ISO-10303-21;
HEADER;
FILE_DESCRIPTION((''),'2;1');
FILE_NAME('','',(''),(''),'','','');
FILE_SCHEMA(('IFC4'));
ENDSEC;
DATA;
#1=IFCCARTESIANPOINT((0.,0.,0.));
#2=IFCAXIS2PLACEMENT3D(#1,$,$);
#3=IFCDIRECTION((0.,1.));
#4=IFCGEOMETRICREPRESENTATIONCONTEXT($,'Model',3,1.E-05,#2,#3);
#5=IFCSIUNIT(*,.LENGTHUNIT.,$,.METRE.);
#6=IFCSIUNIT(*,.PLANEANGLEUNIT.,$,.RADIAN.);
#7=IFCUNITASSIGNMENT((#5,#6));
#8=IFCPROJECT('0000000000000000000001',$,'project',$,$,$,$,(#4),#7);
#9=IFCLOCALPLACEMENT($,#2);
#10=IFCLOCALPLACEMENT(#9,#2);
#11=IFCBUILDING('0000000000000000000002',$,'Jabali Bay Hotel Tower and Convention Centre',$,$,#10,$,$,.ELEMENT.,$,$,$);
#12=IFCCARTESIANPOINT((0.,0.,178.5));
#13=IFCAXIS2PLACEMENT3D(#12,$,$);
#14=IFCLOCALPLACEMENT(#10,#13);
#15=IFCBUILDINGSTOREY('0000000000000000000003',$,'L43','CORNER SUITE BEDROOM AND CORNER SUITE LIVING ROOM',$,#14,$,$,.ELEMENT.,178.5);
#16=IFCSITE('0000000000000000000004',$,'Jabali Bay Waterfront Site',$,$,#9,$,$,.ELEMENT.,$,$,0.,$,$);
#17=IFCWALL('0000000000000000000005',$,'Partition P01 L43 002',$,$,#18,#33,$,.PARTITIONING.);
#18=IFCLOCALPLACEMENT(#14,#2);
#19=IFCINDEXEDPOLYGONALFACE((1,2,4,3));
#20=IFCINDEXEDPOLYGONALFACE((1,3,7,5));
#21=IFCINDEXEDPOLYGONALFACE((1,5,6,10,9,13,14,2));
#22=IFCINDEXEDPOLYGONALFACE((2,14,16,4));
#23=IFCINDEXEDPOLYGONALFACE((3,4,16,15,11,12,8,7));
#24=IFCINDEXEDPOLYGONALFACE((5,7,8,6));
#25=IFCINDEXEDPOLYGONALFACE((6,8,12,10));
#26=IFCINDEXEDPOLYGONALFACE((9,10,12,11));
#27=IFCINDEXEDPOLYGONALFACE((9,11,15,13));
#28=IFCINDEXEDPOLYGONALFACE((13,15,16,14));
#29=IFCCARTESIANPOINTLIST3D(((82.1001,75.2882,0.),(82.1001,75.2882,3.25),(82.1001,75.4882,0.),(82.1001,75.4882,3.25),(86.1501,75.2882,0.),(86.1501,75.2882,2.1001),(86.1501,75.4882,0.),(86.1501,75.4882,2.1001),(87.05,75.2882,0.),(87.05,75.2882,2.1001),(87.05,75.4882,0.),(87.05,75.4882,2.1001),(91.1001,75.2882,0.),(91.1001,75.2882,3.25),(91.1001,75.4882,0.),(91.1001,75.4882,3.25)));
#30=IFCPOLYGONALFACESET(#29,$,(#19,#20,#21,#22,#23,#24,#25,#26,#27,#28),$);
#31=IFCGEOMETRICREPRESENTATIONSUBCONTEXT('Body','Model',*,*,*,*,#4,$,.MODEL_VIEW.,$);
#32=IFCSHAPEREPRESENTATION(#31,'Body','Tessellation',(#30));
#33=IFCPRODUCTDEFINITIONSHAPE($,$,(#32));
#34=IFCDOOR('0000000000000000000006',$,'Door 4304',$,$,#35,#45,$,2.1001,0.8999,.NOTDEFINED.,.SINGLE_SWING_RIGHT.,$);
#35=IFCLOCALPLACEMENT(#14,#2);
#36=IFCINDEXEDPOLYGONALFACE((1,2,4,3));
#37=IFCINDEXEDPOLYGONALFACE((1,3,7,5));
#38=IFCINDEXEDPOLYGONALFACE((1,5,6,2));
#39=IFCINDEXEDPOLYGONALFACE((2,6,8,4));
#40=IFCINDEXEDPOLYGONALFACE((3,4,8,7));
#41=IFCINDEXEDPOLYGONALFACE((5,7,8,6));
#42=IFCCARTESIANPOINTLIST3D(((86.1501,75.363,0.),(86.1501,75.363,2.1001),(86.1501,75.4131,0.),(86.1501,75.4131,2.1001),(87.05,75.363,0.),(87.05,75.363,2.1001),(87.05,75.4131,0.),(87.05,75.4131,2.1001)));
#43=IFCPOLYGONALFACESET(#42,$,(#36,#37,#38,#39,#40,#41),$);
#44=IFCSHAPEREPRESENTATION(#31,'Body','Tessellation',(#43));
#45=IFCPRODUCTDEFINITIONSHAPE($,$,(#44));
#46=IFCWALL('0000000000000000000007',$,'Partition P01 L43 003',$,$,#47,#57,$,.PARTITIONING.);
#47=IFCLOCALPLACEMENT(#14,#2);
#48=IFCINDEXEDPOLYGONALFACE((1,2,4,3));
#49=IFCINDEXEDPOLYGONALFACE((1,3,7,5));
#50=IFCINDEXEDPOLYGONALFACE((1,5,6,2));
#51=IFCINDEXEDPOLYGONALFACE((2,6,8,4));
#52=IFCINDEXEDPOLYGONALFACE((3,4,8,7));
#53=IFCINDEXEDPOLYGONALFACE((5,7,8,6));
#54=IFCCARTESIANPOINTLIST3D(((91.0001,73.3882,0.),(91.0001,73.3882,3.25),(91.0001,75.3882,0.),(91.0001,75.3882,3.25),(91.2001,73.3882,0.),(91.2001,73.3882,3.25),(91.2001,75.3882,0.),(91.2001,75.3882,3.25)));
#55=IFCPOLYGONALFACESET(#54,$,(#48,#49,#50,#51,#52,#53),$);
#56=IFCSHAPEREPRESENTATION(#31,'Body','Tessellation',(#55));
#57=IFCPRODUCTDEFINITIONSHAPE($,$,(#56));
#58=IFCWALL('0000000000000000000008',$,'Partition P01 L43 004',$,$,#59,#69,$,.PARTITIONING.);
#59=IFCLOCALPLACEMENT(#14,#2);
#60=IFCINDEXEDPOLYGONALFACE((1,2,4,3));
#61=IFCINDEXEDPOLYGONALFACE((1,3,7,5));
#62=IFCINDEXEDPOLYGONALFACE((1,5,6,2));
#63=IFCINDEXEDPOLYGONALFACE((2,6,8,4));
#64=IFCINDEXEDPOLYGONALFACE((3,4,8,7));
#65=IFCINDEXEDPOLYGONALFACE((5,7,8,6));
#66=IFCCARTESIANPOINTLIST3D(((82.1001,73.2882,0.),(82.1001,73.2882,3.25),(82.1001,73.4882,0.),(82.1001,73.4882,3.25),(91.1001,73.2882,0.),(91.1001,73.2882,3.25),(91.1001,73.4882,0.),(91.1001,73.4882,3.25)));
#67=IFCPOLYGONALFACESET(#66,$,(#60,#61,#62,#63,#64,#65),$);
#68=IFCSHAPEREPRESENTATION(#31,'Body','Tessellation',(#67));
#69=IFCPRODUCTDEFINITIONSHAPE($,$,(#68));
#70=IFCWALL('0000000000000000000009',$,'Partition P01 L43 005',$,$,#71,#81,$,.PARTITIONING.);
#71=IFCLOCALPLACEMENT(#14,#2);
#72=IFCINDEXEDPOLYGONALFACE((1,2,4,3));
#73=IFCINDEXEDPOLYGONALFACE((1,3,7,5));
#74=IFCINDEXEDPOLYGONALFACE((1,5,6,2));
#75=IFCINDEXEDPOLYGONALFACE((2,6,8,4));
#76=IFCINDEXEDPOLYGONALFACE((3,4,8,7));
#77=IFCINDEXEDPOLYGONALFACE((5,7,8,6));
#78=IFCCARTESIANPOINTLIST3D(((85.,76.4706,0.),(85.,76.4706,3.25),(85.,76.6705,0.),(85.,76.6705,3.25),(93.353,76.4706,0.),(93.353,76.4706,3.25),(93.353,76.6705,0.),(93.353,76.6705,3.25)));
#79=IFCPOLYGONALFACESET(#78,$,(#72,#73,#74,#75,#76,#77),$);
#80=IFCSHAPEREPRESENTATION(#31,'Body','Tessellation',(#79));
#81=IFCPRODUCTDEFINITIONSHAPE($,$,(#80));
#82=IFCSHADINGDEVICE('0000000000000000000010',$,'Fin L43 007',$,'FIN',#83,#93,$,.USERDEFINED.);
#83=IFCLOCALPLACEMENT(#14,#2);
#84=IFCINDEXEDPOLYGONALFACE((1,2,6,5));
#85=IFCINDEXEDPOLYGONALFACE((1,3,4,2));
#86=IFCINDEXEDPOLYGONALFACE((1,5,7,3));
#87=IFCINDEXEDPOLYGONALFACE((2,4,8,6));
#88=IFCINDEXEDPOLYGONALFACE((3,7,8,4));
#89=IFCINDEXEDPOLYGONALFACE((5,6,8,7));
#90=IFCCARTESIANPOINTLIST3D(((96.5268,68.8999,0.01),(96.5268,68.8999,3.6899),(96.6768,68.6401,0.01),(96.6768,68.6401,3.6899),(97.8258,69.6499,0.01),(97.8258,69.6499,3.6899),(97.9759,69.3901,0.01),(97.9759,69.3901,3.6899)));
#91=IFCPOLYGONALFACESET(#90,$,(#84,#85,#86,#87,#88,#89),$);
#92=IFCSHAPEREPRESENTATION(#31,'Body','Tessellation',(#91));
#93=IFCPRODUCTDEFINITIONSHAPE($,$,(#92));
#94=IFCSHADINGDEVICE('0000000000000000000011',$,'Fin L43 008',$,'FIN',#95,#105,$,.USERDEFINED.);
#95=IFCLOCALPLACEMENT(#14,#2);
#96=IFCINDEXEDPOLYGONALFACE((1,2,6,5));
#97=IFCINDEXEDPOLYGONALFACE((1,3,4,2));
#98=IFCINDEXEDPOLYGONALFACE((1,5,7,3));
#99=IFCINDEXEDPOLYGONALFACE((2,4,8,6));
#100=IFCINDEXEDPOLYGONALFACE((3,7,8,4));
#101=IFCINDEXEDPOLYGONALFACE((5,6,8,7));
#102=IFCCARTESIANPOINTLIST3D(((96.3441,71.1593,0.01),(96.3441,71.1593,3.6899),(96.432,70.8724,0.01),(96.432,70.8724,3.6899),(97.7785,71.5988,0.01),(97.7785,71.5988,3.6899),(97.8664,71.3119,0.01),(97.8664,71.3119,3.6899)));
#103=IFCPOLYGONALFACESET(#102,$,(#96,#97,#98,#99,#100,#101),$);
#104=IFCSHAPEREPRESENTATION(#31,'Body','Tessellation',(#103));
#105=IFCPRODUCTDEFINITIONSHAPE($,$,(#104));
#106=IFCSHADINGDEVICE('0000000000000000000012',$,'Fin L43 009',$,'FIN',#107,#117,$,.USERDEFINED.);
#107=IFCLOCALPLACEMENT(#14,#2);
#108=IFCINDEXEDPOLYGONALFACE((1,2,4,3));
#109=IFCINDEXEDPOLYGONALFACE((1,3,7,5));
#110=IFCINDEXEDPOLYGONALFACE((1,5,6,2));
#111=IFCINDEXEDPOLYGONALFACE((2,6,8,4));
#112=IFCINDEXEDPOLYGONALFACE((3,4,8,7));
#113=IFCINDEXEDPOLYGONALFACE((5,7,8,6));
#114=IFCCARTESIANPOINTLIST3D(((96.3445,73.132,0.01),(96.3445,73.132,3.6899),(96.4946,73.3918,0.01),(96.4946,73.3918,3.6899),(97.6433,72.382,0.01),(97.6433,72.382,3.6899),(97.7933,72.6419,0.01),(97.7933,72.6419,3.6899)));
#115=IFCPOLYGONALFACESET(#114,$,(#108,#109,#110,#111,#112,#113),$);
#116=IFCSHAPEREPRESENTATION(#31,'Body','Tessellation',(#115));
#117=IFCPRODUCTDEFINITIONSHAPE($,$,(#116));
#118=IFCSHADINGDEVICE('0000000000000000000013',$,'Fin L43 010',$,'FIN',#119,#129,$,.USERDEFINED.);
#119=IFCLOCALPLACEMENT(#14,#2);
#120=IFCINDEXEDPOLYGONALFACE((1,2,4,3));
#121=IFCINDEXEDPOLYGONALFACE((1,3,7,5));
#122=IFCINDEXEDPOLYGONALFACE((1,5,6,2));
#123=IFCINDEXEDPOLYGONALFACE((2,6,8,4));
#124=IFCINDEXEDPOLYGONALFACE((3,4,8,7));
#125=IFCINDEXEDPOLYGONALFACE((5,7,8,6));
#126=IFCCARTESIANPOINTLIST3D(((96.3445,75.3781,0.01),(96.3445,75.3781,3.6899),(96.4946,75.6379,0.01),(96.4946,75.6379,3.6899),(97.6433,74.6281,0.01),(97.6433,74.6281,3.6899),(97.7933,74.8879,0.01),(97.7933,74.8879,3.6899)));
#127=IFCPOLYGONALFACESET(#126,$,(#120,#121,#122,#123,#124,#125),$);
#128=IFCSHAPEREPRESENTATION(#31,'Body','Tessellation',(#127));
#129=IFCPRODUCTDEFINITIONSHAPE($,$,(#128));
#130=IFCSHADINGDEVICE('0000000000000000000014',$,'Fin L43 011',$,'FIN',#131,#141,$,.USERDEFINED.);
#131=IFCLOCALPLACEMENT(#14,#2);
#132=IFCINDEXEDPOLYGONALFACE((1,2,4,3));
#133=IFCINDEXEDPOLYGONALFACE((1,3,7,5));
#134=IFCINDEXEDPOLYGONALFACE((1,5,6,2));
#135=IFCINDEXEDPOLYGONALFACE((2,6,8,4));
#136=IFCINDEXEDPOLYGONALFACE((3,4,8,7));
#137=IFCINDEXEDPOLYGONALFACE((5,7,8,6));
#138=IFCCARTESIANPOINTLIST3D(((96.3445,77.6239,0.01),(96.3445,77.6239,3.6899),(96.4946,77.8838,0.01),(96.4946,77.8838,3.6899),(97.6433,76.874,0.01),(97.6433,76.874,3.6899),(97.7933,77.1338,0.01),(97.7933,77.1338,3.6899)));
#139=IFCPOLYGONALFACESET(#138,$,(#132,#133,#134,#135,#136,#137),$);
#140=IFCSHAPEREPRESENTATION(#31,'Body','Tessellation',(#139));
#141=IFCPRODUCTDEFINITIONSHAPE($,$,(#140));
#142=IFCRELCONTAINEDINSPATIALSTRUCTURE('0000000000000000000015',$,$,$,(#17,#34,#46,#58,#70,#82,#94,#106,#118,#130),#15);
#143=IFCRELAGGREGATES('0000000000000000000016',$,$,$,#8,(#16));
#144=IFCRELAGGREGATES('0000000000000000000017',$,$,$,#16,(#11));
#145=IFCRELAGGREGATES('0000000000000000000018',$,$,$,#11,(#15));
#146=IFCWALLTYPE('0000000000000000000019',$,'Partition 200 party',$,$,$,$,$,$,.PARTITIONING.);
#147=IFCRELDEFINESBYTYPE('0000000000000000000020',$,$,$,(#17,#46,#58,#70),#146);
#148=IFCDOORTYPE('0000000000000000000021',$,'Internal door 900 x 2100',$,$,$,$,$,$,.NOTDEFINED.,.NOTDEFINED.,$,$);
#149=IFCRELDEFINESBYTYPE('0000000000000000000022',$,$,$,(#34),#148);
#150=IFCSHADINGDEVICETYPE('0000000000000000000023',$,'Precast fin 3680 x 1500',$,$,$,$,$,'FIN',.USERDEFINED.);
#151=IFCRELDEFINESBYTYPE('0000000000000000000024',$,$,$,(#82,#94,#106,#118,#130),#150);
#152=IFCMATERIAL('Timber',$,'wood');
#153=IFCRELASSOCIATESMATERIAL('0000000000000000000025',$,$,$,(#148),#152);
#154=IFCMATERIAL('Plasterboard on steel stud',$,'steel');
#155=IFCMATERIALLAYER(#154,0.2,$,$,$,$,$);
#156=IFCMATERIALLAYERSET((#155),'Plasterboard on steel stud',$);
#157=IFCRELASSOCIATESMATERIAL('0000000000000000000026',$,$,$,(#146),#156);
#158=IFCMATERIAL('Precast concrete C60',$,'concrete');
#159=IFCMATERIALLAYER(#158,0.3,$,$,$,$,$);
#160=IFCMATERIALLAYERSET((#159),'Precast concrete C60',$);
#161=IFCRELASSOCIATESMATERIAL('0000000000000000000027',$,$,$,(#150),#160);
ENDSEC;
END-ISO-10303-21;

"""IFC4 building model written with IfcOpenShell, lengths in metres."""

from ifc_helpers import new_model, si_unit, direction, frame, frame_2d, origin, place, context, subcontext, project, spatial, rectangle, extrude, material, layer, layer_set, type_object, element, fill, save


model = new_model("IFC4")

# Units and contexts
model_context = context("Model", 3, precision=1e-05, world=origin(), true_north=direction((0.0, 1.0)))
body_context = subcontext(model_context, "Body", "Model", "MODEL_VIEW")
ifc_project = project(units=[si_unit("LENGTHUNIT", "METRE"), si_unit("PLANEANGLEUNIT", "RADIAN")], contexts=[model_context])

# Site, building, storey
site_placement = place(None, origin())
site = spatial("IfcSite", under=ifc_project, at=site_placement, Name="Jabali Bay Waterfront Site", CompositionType="ELEMENT", RefElevation=0.0)
building_placement = place(site_placement, origin())
building = spatial("IfcBuilding", under=site, at=building_placement, Name="Jabali Bay Hotel Tower and Convention Centre", CompositionType="ELEMENT")
storey_placement = place(building_placement, frame((0.0, 0.0, 178.5)))
storey = spatial("IfcBuildingStorey", under=building, at=storey_placement, Name="L43", Description="CORNER SUITE BEDROOM AND CORNER SUITE LIVING ROOM", CompositionType="ELEMENT", Elevation=178.5)

# Shared definitions
ifc_material_1 = material(Name="Timber", Category="wood")

# Shared definitions
ifc_material_2 = material(Name="Plasterboard on steel stud", Category="steel")
door_type_1 = type_object("IfcDoorType", Name="Internal door 900 x 2100", OperationType="NOTDEFINED", PredefinedType="NOTDEFINED", material=ifc_material_1)

# Wall, opening, door
ifc_layer_1 = layer(ifc_material_2, 0.2)
ifc_layer_set_1 = layer_set([ifc_layer_1], Name="Plasterboard on steel stud")
wall_type_1 = type_object("IfcWallType", Name="Partition 200 party", PredefinedType="PARTITIONING", material=ifc_layer_set_1)
wall_1_placement = place(storey_placement, frame((82.1001, 75.3882, 0.0), z_axis=(0.0, 0.0, 1.0), x_axis=(1.0, 0.0, 0.0)))
wall_1 = element("IfcWall", 1, at=wall_1_placement, inside=storey, type_object=wall_type_1, Name="Partition P01 L43 002", PredefinedType="PARTITIONING", context=body_context, shape_type="SweptSolid", body=[
    extrude(rectangle(XDim=9.0, YDim=0.2, at=frame_2d((4.5, 0.0))), origin(), (0.0, 0.0, 1.0), 3.25),
])
opening_1_placement = place(wall_1_placement, frame((4.05, 0.0, 0.0)))
opening_1 = element("IfcOpeningElement", 2, at=opening_1_placement, cuts=wall_1, PredefinedType="OPENING", context=body_context, shape_type="SweptSolid", body=[
    extrude(rectangle(XDim=0.8999, YDim=2.1001, at=frame_2d((0.45, 1.05))), frame((0.0, 0.1104, 0.0), z_axis=(0.0, -1.0, 0.0), x_axis=(1.0, 0.0, 0.0)), (0.0, 0.0, 1.0), 0.2209),
])
door_1_placement = place(opening_1_placement, origin())
door_1 = element("IfcDoor", 3, at=door_1_placement, inside=storey, type_object=door_type_1, Name="Door 4304", OperationType="SINGLE_SWING_RIGHT", OverallHeight=2.1001, OverallWidth=0.8999, PredefinedType="NOTDEFINED", context=body_context, shape_type="SweptSolid", body=[
    extrude(rectangle(XDim=0.8999, YDim=2.1001, at=frame_2d((0.45, 1.05))), frame((0.0, 0.0249, 0.0), z_axis=(0.0, -1.0, 0.0), x_axis=(1.0, 0.0, 0.0)), (0.0, 0.0, 1.0), 0.05),
])
fill(opening_1, door_1)

# Walls
wall_2_placement = place(storey_placement, frame((91.1001, 75.3882, 0.0), z_axis=(0.0, 0.0, 1.0), x_axis=(0.0, -1.0, 0.0)))
element("IfcWall", 4, at=wall_2_placement, inside=storey, type_object=wall_type_1, Name="Partition P01 L43 003", PredefinedType="PARTITIONING", context=body_context, shape_type="SweptSolid", body=[
    extrude(rectangle(XDim=2.0, YDim=0.2, at=frame_2d((1.0, 0.0))), origin(), (0.0, 0.0, 1.0), 3.25),
])
wall_3_placement = place(storey_placement, frame((91.1001, 73.3882, 0.0), z_axis=(0.0, 0.0, 1.0), x_axis=(-1.0, 0.0, 0.0)))
element("IfcWall", 5, at=wall_3_placement, inside=storey, type_object=wall_type_1, Name="Partition P01 L43 004", PredefinedType="PARTITIONING", context=body_context, shape_type="SweptSolid", body=[
    extrude(rectangle(XDim=9.0, YDim=0.2, at=frame_2d((4.5, 0.0))), origin(), (0.0, 0.0, 1.0), 3.25),
])
wall_4_placement = place(storey_placement, frame((93.353, 76.5706, 0.0), z_axis=(0.0, 0.0, 1.0), x_axis=(-1.0, 0.0, 0.0)))
element("IfcWall", 6, at=wall_4_placement, inside=storey, type_object=wall_type_1, Name="Partition P01 L43 005", PredefinedType="PARTITIONING", context=body_context, shape_type="SweptSolid", body=[
    extrude(rectangle(XDim=8.353, YDim=0.2, at=frame_2d((4.1765, 0.0))), origin(), (0.0, 0.0, 1.0), 3.25),
])

# Shading devices
ifc_material_3 = material(Name="Precast concrete C60", Category="concrete")
ifc_layer_2 = layer(ifc_material_3, 0.3)
ifc_layer_set_2 = layer_set([ifc_layer_2], Name="Precast concrete C60")
shading_device_type = type_object("IfcShadingDeviceType", Name="Precast fin 3680 x 1500", ElementType="FIN", PredefinedType="USERDEFINED", material=ifc_layer_set_2)
shading_device_1_placement = place(storey_placement, frame((96.6018, 68.77, 0.01), z_axis=(0.0, 0.0, 1.0), x_axis=(0.866031, 0.49999, 0.0)))
element("IfcShadingDevice", 7, at=shading_device_1_placement, inside=storey, type_object=shading_device_type, Name="Fin L43 007", ObjectType="FIN", PredefinedType="USERDEFINED", context=body_context, shape_type="SweptSolid", body=[
    extrude(rectangle(XDim=1.5, YDim=0.3, at=frame_2d((0.75, 0.0))), origin(), (0.0, 0.0, 1.0), 3.6799),
])
shading_device_2_placement = place(storey_placement, frame((96.3882, 71.0159, 0.01), z_axis=(0.0, 0.0, 1.0), x_axis=(0.95613, 0.292942, 0.0)))
element("IfcShadingDevice", 8, at=shading_device_2_placement, inside=storey, type_object=shading_device_type, Name="Fin L43 008", ObjectType="FIN", PredefinedType="USERDEFINED", context=body_context, shape_type="SweptSolid", body=[
    extrude(rectangle(XDim=1.5002, YDim=0.3, at=frame_2d((0.75, 0.0))), origin(), (0.0, 0.0, 1.0), 3.6799),
])
for number, where, z_axis, x_axis, name in (
    (9, (96.4194, 73.262, 0.01), (0.0, 0.0, 1.0), (0.86599, -0.500061, 0.0), "Fin L43 009"),
    (10, (96.4194, 75.5081, 0.01), (0.0, 0.0, 1.0), (0.86599, -0.500061, 0.0), "Fin L43 010"),
    (11, (96.4194, 77.7539, 0.01), (0.0, 0.0, 1.0), (0.86599, -0.500061, 0.0), "Fin L43 011"),
):
    element("IfcShadingDevice", number, at=place(storey_placement, frame(where, z_axis=z_axis, x_axis=x_axis)), inside=storey, type_object=shading_device_type, Name=name, ObjectType="FIN", PredefinedType="USERDEFINED", context=body_context, shape_type="SweptSolid", body=[
        extrude(rectangle(XDim=1.4998, YDim=0.3, at=frame_2d((0.75, 0.0))), origin(), (0.0, 0.0, 1.0), 3.6799),
    ])

save(model, "model.ifc")
